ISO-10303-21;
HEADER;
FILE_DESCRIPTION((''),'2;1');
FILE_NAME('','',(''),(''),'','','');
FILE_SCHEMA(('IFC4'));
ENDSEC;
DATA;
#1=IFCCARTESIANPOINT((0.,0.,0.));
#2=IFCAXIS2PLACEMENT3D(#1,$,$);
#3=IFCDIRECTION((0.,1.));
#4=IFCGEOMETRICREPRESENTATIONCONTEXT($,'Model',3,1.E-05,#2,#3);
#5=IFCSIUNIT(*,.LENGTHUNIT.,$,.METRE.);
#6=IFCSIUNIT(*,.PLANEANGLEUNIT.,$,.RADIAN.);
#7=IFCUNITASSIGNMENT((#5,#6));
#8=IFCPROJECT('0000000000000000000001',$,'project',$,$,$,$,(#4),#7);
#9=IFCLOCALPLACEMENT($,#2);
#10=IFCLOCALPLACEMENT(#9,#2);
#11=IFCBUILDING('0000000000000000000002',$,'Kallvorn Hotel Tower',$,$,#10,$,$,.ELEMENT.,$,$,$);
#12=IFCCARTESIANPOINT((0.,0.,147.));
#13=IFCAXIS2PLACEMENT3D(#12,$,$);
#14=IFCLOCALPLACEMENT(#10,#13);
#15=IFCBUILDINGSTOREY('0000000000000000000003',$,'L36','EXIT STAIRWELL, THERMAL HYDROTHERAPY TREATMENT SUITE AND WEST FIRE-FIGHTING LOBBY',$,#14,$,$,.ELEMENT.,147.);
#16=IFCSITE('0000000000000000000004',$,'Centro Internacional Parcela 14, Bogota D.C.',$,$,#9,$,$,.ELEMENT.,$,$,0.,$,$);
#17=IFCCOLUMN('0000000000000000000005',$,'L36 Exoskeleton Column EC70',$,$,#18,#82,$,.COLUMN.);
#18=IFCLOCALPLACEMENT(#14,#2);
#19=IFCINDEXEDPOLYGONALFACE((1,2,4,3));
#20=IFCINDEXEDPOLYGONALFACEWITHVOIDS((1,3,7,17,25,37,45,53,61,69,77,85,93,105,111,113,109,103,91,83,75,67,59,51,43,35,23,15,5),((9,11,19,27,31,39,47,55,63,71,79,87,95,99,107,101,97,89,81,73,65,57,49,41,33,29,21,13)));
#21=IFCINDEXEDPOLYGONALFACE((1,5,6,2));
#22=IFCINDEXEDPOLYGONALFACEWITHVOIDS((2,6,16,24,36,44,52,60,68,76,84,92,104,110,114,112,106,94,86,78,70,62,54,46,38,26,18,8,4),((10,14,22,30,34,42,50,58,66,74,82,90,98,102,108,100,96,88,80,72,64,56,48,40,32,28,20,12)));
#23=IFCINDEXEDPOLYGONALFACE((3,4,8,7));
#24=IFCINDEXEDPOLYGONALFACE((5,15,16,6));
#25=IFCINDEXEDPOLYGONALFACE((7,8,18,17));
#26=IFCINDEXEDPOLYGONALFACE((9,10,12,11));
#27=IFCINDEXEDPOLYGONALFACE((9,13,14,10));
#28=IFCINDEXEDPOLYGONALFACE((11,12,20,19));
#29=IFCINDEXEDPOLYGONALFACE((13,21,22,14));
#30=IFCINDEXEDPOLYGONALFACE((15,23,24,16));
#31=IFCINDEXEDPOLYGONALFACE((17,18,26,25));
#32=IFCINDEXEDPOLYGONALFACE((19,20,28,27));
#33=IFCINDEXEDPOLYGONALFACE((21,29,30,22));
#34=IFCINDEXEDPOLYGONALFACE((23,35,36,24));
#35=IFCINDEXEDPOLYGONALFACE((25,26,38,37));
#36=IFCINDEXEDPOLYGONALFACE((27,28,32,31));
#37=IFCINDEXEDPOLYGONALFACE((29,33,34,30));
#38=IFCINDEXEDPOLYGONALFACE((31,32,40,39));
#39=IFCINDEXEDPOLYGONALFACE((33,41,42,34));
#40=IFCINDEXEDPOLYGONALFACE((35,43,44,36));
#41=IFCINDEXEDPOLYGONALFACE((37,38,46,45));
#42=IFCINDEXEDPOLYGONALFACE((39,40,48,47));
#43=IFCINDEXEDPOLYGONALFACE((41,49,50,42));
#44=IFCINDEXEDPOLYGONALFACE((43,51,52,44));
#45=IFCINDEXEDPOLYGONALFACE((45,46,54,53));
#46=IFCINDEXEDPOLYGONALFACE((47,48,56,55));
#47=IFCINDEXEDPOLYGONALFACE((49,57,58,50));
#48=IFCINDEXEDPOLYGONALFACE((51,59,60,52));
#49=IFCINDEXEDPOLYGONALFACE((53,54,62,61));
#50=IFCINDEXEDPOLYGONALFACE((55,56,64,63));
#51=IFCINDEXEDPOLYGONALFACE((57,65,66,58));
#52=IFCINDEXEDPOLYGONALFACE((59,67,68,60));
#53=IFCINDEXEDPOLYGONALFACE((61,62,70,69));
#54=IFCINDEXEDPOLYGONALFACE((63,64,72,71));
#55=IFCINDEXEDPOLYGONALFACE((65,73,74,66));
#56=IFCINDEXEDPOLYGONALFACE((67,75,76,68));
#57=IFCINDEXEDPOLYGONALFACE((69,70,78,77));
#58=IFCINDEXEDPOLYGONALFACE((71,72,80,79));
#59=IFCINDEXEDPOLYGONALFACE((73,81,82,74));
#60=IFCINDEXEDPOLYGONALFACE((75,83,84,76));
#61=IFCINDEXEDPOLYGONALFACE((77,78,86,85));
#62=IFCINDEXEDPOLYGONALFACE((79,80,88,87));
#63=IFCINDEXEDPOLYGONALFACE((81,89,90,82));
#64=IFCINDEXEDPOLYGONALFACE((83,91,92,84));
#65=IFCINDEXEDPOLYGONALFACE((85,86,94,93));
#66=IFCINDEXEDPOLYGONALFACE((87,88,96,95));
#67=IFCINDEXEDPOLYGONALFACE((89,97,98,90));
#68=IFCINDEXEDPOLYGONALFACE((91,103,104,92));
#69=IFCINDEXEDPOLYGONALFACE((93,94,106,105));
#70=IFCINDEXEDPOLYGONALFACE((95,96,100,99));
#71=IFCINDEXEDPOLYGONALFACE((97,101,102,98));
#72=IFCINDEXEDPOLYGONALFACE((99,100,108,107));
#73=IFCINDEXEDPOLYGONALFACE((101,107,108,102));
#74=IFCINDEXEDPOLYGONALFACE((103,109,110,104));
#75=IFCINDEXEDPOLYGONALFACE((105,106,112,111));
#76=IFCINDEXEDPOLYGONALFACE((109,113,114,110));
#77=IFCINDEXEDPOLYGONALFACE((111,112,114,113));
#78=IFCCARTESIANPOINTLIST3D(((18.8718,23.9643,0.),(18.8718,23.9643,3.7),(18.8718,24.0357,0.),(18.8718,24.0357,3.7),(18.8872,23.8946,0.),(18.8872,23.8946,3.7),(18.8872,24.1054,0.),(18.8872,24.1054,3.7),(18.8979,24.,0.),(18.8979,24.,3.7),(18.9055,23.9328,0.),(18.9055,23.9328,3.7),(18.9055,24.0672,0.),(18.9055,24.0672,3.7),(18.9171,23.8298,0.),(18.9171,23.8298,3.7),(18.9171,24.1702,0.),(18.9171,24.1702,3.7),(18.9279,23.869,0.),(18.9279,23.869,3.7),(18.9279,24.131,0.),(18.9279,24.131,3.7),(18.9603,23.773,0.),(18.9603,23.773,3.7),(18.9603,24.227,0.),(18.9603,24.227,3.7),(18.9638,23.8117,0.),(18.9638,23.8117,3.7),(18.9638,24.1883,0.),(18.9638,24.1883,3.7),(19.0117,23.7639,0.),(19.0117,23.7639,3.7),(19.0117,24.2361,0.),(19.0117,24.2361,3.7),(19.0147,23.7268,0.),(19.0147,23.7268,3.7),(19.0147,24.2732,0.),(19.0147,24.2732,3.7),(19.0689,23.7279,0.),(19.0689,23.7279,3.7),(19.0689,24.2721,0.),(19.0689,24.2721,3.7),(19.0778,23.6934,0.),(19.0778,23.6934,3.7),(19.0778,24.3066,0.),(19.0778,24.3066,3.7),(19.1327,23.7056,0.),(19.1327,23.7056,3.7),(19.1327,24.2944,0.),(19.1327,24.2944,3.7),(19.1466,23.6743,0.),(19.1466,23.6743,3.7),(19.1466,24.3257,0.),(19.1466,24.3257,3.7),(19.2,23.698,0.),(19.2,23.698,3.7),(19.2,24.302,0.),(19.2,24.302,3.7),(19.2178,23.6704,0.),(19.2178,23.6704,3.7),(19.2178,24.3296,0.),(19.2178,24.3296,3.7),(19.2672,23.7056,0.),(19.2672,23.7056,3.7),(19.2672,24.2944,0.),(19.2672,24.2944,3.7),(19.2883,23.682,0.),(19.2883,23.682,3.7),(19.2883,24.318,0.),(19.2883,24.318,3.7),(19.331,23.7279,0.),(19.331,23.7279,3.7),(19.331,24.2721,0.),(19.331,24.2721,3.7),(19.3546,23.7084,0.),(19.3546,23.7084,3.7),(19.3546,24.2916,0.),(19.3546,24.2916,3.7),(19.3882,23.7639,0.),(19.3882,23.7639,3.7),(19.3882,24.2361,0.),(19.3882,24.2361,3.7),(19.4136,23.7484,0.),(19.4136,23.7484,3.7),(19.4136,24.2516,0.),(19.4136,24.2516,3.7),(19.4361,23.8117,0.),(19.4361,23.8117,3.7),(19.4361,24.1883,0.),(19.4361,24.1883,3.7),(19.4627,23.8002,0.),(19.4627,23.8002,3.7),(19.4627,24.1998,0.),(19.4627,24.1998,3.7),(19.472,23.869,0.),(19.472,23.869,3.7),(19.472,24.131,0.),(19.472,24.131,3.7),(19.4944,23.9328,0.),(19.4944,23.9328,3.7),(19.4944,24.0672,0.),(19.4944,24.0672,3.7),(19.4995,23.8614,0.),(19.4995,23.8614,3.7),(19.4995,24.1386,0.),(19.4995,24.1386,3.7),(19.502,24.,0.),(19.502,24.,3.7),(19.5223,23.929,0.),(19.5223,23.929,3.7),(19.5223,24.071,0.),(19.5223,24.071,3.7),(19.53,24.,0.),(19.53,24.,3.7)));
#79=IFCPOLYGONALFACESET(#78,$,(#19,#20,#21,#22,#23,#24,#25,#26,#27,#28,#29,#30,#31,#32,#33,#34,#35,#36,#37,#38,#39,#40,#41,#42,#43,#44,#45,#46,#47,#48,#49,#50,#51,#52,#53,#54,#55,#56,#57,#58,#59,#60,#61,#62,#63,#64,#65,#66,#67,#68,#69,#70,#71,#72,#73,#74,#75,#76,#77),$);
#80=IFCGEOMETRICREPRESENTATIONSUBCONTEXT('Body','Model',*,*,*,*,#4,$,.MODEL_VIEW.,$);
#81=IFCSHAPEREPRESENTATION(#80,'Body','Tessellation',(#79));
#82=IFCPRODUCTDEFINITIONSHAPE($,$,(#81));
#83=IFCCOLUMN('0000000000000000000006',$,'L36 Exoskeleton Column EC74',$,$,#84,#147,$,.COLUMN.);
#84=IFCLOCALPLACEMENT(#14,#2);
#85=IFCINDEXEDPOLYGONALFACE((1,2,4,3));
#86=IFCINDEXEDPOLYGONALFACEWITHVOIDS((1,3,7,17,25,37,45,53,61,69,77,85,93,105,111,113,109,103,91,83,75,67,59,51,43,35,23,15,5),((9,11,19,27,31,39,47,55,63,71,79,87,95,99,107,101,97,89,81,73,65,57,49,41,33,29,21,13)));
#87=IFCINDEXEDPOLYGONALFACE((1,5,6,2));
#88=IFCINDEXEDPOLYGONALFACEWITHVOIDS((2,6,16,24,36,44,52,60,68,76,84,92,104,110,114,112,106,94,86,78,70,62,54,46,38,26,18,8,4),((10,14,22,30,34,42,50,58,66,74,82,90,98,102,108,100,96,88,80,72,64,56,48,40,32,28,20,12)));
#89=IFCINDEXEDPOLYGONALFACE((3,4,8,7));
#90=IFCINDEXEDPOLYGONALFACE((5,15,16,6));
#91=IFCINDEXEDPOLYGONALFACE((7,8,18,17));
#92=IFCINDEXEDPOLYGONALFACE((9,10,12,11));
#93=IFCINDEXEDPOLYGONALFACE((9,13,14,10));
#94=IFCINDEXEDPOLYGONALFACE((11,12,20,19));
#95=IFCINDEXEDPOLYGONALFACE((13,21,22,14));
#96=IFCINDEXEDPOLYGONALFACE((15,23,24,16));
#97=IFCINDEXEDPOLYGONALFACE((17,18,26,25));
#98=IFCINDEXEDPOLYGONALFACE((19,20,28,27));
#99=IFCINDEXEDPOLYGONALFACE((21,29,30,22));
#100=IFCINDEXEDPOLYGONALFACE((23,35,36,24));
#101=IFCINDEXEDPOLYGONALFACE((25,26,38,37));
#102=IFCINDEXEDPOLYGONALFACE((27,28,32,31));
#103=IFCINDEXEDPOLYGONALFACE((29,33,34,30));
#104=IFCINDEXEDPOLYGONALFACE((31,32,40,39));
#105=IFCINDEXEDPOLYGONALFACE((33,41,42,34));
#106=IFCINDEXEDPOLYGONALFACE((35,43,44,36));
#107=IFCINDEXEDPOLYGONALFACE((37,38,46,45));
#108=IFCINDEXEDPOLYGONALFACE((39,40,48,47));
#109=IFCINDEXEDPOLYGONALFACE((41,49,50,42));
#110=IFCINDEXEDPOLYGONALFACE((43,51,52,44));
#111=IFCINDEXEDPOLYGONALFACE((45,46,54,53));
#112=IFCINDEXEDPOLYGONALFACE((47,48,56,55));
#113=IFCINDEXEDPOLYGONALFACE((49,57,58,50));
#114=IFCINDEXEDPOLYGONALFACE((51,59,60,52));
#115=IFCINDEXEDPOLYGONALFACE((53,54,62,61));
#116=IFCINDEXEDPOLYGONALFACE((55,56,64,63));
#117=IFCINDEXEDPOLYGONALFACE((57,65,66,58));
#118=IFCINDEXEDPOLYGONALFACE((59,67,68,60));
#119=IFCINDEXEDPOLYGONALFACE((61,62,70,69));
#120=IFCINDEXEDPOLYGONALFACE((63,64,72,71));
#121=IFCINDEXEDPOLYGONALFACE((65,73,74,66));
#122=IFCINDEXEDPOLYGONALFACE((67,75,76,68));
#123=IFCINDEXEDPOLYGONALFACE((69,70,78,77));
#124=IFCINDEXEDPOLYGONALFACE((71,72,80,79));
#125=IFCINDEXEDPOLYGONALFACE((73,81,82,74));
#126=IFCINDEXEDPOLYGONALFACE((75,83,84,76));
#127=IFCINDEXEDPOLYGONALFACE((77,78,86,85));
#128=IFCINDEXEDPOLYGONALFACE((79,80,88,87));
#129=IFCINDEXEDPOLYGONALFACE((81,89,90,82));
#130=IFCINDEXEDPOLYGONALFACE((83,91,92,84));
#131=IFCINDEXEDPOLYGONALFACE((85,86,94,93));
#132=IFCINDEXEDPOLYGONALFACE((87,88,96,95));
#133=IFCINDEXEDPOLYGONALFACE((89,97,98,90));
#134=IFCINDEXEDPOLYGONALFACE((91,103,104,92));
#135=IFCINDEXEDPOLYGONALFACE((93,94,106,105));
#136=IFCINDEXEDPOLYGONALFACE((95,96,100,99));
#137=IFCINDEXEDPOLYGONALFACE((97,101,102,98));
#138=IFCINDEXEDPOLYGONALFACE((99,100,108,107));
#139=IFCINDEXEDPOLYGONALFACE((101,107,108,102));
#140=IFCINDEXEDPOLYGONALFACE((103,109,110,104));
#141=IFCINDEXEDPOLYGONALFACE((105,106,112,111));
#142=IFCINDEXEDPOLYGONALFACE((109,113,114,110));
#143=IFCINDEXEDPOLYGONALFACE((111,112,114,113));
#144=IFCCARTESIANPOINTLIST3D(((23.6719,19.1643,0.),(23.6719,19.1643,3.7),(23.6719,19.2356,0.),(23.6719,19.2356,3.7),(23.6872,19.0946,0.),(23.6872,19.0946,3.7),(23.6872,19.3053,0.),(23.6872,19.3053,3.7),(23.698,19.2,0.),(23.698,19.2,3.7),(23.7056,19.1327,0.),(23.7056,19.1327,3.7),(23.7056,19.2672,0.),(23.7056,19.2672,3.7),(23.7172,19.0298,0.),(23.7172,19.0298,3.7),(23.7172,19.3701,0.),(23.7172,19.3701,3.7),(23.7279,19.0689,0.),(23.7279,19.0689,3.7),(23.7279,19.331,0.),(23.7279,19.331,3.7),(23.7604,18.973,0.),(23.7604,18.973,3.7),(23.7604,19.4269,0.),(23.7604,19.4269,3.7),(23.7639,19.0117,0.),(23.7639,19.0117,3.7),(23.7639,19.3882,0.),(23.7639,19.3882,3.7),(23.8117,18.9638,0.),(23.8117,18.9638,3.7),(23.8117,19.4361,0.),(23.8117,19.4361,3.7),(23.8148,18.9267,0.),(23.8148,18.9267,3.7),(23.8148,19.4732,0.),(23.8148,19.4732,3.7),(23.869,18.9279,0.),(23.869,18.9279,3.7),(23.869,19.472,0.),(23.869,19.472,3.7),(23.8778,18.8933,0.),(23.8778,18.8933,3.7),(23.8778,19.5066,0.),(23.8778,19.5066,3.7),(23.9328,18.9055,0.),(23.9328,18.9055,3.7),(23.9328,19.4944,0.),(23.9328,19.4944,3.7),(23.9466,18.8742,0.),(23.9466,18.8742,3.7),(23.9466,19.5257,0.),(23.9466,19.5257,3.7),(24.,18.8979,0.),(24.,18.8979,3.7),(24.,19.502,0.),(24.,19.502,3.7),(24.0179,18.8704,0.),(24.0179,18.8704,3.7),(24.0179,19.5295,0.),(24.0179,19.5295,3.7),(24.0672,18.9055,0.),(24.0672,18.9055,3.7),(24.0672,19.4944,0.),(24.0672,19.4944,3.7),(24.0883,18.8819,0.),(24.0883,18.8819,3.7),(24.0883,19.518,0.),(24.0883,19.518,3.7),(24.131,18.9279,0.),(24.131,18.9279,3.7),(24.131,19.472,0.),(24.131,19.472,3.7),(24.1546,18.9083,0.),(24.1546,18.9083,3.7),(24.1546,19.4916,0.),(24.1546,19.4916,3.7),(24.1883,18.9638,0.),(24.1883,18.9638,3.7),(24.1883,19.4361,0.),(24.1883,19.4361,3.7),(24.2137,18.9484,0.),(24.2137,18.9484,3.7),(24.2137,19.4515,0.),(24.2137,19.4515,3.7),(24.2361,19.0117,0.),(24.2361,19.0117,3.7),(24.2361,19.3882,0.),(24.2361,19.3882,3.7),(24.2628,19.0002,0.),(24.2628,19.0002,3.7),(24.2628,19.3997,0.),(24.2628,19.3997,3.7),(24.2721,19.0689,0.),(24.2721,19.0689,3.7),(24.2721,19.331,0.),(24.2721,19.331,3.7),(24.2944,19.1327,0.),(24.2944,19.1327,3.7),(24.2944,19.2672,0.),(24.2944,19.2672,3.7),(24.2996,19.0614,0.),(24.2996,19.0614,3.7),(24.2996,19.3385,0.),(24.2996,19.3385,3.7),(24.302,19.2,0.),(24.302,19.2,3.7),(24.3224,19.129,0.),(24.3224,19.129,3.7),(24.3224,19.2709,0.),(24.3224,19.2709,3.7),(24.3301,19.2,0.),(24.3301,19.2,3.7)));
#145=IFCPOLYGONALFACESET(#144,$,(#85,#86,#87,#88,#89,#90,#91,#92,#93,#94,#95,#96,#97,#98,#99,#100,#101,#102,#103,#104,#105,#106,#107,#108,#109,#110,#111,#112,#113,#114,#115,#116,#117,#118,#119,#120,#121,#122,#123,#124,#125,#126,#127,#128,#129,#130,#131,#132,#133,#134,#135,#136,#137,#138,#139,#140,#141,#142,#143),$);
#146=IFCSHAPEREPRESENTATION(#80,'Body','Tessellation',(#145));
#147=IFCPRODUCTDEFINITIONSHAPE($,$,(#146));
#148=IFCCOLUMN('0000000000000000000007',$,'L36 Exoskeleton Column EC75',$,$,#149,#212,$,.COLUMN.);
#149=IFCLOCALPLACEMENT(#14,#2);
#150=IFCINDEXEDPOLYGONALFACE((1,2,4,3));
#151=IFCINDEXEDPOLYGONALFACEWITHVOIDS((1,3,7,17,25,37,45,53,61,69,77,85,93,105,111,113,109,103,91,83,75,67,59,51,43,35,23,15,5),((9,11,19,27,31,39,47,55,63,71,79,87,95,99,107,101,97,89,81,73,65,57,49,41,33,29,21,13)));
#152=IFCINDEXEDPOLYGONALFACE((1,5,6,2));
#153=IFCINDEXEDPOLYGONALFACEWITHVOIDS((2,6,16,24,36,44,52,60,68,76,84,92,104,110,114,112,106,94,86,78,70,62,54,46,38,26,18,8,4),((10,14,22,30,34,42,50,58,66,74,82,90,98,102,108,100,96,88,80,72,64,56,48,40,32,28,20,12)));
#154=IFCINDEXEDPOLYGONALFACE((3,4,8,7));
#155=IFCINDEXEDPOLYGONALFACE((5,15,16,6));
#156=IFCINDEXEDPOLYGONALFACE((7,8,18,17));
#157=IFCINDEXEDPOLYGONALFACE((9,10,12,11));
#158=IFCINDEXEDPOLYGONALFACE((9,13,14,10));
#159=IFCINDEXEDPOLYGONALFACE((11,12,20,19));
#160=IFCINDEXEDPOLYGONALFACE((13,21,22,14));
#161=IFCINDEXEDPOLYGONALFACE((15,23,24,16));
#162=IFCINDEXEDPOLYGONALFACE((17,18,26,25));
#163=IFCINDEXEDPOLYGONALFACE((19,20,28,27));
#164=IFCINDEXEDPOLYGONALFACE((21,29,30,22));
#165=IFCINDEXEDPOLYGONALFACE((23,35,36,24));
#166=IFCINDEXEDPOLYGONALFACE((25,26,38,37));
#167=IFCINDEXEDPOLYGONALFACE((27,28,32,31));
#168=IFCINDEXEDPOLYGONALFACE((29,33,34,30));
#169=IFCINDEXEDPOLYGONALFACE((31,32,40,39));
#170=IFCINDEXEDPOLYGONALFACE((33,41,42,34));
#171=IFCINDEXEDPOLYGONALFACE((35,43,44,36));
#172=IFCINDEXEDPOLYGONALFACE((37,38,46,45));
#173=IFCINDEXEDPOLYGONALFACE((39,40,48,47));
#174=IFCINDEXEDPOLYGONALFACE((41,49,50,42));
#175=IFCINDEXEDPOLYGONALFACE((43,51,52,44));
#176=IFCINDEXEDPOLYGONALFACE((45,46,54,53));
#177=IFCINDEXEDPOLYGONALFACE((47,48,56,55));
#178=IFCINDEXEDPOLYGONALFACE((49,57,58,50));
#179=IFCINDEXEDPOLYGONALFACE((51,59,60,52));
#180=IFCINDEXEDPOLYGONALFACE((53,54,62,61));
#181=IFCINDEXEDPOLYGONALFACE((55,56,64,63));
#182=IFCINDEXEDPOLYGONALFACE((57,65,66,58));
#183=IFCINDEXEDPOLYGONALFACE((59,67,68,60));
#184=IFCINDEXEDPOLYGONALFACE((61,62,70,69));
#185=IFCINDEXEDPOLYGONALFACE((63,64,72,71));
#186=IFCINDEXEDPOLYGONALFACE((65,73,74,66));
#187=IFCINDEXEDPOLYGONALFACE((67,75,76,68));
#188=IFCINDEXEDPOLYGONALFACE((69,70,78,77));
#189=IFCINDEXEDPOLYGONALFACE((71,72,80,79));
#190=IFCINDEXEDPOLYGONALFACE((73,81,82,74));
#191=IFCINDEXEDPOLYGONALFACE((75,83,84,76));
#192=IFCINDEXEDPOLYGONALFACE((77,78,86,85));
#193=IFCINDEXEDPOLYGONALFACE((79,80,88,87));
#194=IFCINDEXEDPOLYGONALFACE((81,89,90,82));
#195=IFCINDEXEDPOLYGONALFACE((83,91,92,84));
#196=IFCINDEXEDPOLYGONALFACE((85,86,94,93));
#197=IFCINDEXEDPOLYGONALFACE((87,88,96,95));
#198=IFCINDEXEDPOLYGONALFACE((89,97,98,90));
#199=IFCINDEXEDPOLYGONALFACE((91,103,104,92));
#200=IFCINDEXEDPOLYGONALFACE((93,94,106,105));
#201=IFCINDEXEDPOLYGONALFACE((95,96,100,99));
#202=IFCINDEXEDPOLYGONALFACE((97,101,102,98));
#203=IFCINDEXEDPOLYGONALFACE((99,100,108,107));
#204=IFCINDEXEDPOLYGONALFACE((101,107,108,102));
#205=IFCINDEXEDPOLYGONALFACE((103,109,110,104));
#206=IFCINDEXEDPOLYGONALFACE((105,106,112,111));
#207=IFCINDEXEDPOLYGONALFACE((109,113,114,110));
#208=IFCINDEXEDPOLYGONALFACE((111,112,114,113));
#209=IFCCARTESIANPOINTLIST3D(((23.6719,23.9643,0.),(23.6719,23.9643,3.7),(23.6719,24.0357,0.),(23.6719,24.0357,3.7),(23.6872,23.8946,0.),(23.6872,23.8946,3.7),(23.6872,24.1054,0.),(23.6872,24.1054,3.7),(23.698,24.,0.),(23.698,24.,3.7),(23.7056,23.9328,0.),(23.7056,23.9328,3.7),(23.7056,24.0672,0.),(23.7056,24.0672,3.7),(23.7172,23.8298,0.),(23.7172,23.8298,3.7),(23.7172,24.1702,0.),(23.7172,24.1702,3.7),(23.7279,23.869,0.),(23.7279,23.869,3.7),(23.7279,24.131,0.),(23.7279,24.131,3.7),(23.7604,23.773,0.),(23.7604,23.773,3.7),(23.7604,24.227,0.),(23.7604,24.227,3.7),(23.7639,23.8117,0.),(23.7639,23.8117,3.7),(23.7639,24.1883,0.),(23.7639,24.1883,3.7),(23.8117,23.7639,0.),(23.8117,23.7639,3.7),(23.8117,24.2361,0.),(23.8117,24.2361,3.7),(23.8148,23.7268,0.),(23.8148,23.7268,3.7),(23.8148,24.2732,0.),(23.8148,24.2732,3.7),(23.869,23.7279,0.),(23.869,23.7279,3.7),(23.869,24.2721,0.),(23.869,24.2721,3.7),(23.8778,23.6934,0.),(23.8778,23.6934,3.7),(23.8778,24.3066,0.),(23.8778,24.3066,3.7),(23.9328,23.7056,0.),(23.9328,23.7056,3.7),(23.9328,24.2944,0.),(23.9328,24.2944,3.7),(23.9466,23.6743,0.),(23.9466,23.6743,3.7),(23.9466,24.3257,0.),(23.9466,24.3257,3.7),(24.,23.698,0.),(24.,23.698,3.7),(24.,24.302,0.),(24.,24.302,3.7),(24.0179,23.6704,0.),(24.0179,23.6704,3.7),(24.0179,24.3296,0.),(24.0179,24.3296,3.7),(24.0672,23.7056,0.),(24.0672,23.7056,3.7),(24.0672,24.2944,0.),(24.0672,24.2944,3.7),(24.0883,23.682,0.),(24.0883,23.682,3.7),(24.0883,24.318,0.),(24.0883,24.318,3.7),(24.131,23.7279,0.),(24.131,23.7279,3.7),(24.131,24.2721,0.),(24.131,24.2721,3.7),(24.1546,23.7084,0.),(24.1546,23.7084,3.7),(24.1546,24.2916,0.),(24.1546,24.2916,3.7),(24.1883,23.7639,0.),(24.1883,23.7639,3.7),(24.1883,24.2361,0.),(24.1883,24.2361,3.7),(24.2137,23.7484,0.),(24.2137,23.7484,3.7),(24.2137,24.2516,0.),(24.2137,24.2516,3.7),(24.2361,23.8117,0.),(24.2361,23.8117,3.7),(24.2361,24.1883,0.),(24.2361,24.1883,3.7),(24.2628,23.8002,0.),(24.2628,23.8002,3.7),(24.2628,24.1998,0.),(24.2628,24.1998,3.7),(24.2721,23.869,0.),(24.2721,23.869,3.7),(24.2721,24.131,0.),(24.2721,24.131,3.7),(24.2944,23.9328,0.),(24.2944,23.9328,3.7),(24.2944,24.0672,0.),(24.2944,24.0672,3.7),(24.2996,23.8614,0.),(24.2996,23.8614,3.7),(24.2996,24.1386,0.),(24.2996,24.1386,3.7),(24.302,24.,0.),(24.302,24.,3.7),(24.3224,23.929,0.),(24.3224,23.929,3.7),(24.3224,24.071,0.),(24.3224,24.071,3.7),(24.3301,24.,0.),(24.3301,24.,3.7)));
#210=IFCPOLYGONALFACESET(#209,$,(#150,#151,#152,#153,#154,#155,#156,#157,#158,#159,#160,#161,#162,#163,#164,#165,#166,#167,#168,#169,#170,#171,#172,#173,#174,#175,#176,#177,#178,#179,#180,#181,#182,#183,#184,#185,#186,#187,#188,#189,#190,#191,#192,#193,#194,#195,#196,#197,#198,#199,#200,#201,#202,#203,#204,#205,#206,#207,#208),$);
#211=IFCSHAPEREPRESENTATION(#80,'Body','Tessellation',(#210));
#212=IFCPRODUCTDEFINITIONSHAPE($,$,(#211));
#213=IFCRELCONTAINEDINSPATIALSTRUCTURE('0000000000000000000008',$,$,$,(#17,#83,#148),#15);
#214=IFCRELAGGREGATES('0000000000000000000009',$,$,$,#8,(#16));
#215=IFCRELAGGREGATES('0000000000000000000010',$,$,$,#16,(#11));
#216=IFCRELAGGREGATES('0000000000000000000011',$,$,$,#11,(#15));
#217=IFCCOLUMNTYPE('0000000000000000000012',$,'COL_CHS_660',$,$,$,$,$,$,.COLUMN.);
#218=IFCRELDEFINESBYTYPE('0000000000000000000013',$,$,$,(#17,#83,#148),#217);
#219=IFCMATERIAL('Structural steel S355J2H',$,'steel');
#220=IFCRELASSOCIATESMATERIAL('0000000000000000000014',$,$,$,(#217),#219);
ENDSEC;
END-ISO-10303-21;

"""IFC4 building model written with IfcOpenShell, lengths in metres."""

from ifc_helpers import new_model, si_unit, direction, frame, origin, origin_2d, place, context, subcontext, project, spatial, hollow_circle, extrude, material, material_profile, profile_set, type_object, element, save


model = new_model("IFC4")

# Units and contexts
model_context = context("Model", 3, precision=1e-05, world=origin(), true_north=direction((0.0, 1.0)))
body_context = subcontext(model_context, "Body", "Model", "MODEL_VIEW")
ifc_project = project(units=[si_unit("LENGTHUNIT", "METRE"), si_unit("PLANEANGLEUNIT", "RADIAN")], contexts=[model_context])

# Site, building, storey
site_placement = place(None, origin())
site = spatial("IfcSite", under=ifc_project, at=site_placement, Name="Centro Internacional Parcela 14, Bogota D.C.", CompositionType="ELEMENT", RefElevation=0.0)
building_placement = place(site_placement, origin())
building = spatial("IfcBuilding", under=site, at=building_placement, Name="Kallvorn Hotel Tower", CompositionType="ELEMENT")
storey_placement = place(building_placement, frame((0.0, 0.0, 147.0)))
storey = spatial("IfcBuildingStorey", under=building, at=storey_placement, Name="L36", Description="EXIT STAIRWELL, THERMAL HYDROTHERAPY TREATMENT SUITE AND WEST FIRE-FIGHTING LOBBY", CompositionType="ELEMENT", Elevation=147.0)

# Columns
ifc_material_1 = material(Name="Structural steel S355J2H", Category="steel")
ifc_material_profile_1 = material_profile(ifc_material_1, hollow_circle(Radius=0.3301, WallThickness=0.0281, at=origin_2d()), Name="CHS 660x28")
ifc_profile_set_1 = profile_set([ifc_material_profile_1], Name="Structural steel S355J2H")
column_type = type_object("IfcColumnType", Name="COL_CHS_660", PredefinedType="COLUMN", material=ifc_profile_set_1)
for number, where, z_axis, x_axis, name in (
    (1, (19.2, 24.0, 0.0), (0.0, 0.0, 1.0), (1.0, 0.0, 0.0), "L36 Exoskeleton Column EC70"),
    (2, (24.0, 19.2, 0.0), (0.0, 0.0, 1.0), (1.0, 0.0, 0.0), "L36 Exoskeleton Column EC74"),
    (3, (24.0, 24.0, 0.0), (0.0, 0.0, 1.0), (1.0, 0.0, 0.0), "L36 Exoskeleton Column EC75"),
):
    element("IfcColumn", number, at=place(storey_placement, frame(where, z_axis=z_axis, x_axis=x_axis)), inside=storey, type_object=column_type, Name=name, PredefinedType="COLUMN", context=body_context, shape_type="SweptSolid", body=[
        extrude(hollow_circle(Radius=0.3301, WallThickness=0.0281, at=origin_2d()), origin(), (0.0, 0.0, 1.0), 3.7),
    ])

save(model, "model.ifc")
